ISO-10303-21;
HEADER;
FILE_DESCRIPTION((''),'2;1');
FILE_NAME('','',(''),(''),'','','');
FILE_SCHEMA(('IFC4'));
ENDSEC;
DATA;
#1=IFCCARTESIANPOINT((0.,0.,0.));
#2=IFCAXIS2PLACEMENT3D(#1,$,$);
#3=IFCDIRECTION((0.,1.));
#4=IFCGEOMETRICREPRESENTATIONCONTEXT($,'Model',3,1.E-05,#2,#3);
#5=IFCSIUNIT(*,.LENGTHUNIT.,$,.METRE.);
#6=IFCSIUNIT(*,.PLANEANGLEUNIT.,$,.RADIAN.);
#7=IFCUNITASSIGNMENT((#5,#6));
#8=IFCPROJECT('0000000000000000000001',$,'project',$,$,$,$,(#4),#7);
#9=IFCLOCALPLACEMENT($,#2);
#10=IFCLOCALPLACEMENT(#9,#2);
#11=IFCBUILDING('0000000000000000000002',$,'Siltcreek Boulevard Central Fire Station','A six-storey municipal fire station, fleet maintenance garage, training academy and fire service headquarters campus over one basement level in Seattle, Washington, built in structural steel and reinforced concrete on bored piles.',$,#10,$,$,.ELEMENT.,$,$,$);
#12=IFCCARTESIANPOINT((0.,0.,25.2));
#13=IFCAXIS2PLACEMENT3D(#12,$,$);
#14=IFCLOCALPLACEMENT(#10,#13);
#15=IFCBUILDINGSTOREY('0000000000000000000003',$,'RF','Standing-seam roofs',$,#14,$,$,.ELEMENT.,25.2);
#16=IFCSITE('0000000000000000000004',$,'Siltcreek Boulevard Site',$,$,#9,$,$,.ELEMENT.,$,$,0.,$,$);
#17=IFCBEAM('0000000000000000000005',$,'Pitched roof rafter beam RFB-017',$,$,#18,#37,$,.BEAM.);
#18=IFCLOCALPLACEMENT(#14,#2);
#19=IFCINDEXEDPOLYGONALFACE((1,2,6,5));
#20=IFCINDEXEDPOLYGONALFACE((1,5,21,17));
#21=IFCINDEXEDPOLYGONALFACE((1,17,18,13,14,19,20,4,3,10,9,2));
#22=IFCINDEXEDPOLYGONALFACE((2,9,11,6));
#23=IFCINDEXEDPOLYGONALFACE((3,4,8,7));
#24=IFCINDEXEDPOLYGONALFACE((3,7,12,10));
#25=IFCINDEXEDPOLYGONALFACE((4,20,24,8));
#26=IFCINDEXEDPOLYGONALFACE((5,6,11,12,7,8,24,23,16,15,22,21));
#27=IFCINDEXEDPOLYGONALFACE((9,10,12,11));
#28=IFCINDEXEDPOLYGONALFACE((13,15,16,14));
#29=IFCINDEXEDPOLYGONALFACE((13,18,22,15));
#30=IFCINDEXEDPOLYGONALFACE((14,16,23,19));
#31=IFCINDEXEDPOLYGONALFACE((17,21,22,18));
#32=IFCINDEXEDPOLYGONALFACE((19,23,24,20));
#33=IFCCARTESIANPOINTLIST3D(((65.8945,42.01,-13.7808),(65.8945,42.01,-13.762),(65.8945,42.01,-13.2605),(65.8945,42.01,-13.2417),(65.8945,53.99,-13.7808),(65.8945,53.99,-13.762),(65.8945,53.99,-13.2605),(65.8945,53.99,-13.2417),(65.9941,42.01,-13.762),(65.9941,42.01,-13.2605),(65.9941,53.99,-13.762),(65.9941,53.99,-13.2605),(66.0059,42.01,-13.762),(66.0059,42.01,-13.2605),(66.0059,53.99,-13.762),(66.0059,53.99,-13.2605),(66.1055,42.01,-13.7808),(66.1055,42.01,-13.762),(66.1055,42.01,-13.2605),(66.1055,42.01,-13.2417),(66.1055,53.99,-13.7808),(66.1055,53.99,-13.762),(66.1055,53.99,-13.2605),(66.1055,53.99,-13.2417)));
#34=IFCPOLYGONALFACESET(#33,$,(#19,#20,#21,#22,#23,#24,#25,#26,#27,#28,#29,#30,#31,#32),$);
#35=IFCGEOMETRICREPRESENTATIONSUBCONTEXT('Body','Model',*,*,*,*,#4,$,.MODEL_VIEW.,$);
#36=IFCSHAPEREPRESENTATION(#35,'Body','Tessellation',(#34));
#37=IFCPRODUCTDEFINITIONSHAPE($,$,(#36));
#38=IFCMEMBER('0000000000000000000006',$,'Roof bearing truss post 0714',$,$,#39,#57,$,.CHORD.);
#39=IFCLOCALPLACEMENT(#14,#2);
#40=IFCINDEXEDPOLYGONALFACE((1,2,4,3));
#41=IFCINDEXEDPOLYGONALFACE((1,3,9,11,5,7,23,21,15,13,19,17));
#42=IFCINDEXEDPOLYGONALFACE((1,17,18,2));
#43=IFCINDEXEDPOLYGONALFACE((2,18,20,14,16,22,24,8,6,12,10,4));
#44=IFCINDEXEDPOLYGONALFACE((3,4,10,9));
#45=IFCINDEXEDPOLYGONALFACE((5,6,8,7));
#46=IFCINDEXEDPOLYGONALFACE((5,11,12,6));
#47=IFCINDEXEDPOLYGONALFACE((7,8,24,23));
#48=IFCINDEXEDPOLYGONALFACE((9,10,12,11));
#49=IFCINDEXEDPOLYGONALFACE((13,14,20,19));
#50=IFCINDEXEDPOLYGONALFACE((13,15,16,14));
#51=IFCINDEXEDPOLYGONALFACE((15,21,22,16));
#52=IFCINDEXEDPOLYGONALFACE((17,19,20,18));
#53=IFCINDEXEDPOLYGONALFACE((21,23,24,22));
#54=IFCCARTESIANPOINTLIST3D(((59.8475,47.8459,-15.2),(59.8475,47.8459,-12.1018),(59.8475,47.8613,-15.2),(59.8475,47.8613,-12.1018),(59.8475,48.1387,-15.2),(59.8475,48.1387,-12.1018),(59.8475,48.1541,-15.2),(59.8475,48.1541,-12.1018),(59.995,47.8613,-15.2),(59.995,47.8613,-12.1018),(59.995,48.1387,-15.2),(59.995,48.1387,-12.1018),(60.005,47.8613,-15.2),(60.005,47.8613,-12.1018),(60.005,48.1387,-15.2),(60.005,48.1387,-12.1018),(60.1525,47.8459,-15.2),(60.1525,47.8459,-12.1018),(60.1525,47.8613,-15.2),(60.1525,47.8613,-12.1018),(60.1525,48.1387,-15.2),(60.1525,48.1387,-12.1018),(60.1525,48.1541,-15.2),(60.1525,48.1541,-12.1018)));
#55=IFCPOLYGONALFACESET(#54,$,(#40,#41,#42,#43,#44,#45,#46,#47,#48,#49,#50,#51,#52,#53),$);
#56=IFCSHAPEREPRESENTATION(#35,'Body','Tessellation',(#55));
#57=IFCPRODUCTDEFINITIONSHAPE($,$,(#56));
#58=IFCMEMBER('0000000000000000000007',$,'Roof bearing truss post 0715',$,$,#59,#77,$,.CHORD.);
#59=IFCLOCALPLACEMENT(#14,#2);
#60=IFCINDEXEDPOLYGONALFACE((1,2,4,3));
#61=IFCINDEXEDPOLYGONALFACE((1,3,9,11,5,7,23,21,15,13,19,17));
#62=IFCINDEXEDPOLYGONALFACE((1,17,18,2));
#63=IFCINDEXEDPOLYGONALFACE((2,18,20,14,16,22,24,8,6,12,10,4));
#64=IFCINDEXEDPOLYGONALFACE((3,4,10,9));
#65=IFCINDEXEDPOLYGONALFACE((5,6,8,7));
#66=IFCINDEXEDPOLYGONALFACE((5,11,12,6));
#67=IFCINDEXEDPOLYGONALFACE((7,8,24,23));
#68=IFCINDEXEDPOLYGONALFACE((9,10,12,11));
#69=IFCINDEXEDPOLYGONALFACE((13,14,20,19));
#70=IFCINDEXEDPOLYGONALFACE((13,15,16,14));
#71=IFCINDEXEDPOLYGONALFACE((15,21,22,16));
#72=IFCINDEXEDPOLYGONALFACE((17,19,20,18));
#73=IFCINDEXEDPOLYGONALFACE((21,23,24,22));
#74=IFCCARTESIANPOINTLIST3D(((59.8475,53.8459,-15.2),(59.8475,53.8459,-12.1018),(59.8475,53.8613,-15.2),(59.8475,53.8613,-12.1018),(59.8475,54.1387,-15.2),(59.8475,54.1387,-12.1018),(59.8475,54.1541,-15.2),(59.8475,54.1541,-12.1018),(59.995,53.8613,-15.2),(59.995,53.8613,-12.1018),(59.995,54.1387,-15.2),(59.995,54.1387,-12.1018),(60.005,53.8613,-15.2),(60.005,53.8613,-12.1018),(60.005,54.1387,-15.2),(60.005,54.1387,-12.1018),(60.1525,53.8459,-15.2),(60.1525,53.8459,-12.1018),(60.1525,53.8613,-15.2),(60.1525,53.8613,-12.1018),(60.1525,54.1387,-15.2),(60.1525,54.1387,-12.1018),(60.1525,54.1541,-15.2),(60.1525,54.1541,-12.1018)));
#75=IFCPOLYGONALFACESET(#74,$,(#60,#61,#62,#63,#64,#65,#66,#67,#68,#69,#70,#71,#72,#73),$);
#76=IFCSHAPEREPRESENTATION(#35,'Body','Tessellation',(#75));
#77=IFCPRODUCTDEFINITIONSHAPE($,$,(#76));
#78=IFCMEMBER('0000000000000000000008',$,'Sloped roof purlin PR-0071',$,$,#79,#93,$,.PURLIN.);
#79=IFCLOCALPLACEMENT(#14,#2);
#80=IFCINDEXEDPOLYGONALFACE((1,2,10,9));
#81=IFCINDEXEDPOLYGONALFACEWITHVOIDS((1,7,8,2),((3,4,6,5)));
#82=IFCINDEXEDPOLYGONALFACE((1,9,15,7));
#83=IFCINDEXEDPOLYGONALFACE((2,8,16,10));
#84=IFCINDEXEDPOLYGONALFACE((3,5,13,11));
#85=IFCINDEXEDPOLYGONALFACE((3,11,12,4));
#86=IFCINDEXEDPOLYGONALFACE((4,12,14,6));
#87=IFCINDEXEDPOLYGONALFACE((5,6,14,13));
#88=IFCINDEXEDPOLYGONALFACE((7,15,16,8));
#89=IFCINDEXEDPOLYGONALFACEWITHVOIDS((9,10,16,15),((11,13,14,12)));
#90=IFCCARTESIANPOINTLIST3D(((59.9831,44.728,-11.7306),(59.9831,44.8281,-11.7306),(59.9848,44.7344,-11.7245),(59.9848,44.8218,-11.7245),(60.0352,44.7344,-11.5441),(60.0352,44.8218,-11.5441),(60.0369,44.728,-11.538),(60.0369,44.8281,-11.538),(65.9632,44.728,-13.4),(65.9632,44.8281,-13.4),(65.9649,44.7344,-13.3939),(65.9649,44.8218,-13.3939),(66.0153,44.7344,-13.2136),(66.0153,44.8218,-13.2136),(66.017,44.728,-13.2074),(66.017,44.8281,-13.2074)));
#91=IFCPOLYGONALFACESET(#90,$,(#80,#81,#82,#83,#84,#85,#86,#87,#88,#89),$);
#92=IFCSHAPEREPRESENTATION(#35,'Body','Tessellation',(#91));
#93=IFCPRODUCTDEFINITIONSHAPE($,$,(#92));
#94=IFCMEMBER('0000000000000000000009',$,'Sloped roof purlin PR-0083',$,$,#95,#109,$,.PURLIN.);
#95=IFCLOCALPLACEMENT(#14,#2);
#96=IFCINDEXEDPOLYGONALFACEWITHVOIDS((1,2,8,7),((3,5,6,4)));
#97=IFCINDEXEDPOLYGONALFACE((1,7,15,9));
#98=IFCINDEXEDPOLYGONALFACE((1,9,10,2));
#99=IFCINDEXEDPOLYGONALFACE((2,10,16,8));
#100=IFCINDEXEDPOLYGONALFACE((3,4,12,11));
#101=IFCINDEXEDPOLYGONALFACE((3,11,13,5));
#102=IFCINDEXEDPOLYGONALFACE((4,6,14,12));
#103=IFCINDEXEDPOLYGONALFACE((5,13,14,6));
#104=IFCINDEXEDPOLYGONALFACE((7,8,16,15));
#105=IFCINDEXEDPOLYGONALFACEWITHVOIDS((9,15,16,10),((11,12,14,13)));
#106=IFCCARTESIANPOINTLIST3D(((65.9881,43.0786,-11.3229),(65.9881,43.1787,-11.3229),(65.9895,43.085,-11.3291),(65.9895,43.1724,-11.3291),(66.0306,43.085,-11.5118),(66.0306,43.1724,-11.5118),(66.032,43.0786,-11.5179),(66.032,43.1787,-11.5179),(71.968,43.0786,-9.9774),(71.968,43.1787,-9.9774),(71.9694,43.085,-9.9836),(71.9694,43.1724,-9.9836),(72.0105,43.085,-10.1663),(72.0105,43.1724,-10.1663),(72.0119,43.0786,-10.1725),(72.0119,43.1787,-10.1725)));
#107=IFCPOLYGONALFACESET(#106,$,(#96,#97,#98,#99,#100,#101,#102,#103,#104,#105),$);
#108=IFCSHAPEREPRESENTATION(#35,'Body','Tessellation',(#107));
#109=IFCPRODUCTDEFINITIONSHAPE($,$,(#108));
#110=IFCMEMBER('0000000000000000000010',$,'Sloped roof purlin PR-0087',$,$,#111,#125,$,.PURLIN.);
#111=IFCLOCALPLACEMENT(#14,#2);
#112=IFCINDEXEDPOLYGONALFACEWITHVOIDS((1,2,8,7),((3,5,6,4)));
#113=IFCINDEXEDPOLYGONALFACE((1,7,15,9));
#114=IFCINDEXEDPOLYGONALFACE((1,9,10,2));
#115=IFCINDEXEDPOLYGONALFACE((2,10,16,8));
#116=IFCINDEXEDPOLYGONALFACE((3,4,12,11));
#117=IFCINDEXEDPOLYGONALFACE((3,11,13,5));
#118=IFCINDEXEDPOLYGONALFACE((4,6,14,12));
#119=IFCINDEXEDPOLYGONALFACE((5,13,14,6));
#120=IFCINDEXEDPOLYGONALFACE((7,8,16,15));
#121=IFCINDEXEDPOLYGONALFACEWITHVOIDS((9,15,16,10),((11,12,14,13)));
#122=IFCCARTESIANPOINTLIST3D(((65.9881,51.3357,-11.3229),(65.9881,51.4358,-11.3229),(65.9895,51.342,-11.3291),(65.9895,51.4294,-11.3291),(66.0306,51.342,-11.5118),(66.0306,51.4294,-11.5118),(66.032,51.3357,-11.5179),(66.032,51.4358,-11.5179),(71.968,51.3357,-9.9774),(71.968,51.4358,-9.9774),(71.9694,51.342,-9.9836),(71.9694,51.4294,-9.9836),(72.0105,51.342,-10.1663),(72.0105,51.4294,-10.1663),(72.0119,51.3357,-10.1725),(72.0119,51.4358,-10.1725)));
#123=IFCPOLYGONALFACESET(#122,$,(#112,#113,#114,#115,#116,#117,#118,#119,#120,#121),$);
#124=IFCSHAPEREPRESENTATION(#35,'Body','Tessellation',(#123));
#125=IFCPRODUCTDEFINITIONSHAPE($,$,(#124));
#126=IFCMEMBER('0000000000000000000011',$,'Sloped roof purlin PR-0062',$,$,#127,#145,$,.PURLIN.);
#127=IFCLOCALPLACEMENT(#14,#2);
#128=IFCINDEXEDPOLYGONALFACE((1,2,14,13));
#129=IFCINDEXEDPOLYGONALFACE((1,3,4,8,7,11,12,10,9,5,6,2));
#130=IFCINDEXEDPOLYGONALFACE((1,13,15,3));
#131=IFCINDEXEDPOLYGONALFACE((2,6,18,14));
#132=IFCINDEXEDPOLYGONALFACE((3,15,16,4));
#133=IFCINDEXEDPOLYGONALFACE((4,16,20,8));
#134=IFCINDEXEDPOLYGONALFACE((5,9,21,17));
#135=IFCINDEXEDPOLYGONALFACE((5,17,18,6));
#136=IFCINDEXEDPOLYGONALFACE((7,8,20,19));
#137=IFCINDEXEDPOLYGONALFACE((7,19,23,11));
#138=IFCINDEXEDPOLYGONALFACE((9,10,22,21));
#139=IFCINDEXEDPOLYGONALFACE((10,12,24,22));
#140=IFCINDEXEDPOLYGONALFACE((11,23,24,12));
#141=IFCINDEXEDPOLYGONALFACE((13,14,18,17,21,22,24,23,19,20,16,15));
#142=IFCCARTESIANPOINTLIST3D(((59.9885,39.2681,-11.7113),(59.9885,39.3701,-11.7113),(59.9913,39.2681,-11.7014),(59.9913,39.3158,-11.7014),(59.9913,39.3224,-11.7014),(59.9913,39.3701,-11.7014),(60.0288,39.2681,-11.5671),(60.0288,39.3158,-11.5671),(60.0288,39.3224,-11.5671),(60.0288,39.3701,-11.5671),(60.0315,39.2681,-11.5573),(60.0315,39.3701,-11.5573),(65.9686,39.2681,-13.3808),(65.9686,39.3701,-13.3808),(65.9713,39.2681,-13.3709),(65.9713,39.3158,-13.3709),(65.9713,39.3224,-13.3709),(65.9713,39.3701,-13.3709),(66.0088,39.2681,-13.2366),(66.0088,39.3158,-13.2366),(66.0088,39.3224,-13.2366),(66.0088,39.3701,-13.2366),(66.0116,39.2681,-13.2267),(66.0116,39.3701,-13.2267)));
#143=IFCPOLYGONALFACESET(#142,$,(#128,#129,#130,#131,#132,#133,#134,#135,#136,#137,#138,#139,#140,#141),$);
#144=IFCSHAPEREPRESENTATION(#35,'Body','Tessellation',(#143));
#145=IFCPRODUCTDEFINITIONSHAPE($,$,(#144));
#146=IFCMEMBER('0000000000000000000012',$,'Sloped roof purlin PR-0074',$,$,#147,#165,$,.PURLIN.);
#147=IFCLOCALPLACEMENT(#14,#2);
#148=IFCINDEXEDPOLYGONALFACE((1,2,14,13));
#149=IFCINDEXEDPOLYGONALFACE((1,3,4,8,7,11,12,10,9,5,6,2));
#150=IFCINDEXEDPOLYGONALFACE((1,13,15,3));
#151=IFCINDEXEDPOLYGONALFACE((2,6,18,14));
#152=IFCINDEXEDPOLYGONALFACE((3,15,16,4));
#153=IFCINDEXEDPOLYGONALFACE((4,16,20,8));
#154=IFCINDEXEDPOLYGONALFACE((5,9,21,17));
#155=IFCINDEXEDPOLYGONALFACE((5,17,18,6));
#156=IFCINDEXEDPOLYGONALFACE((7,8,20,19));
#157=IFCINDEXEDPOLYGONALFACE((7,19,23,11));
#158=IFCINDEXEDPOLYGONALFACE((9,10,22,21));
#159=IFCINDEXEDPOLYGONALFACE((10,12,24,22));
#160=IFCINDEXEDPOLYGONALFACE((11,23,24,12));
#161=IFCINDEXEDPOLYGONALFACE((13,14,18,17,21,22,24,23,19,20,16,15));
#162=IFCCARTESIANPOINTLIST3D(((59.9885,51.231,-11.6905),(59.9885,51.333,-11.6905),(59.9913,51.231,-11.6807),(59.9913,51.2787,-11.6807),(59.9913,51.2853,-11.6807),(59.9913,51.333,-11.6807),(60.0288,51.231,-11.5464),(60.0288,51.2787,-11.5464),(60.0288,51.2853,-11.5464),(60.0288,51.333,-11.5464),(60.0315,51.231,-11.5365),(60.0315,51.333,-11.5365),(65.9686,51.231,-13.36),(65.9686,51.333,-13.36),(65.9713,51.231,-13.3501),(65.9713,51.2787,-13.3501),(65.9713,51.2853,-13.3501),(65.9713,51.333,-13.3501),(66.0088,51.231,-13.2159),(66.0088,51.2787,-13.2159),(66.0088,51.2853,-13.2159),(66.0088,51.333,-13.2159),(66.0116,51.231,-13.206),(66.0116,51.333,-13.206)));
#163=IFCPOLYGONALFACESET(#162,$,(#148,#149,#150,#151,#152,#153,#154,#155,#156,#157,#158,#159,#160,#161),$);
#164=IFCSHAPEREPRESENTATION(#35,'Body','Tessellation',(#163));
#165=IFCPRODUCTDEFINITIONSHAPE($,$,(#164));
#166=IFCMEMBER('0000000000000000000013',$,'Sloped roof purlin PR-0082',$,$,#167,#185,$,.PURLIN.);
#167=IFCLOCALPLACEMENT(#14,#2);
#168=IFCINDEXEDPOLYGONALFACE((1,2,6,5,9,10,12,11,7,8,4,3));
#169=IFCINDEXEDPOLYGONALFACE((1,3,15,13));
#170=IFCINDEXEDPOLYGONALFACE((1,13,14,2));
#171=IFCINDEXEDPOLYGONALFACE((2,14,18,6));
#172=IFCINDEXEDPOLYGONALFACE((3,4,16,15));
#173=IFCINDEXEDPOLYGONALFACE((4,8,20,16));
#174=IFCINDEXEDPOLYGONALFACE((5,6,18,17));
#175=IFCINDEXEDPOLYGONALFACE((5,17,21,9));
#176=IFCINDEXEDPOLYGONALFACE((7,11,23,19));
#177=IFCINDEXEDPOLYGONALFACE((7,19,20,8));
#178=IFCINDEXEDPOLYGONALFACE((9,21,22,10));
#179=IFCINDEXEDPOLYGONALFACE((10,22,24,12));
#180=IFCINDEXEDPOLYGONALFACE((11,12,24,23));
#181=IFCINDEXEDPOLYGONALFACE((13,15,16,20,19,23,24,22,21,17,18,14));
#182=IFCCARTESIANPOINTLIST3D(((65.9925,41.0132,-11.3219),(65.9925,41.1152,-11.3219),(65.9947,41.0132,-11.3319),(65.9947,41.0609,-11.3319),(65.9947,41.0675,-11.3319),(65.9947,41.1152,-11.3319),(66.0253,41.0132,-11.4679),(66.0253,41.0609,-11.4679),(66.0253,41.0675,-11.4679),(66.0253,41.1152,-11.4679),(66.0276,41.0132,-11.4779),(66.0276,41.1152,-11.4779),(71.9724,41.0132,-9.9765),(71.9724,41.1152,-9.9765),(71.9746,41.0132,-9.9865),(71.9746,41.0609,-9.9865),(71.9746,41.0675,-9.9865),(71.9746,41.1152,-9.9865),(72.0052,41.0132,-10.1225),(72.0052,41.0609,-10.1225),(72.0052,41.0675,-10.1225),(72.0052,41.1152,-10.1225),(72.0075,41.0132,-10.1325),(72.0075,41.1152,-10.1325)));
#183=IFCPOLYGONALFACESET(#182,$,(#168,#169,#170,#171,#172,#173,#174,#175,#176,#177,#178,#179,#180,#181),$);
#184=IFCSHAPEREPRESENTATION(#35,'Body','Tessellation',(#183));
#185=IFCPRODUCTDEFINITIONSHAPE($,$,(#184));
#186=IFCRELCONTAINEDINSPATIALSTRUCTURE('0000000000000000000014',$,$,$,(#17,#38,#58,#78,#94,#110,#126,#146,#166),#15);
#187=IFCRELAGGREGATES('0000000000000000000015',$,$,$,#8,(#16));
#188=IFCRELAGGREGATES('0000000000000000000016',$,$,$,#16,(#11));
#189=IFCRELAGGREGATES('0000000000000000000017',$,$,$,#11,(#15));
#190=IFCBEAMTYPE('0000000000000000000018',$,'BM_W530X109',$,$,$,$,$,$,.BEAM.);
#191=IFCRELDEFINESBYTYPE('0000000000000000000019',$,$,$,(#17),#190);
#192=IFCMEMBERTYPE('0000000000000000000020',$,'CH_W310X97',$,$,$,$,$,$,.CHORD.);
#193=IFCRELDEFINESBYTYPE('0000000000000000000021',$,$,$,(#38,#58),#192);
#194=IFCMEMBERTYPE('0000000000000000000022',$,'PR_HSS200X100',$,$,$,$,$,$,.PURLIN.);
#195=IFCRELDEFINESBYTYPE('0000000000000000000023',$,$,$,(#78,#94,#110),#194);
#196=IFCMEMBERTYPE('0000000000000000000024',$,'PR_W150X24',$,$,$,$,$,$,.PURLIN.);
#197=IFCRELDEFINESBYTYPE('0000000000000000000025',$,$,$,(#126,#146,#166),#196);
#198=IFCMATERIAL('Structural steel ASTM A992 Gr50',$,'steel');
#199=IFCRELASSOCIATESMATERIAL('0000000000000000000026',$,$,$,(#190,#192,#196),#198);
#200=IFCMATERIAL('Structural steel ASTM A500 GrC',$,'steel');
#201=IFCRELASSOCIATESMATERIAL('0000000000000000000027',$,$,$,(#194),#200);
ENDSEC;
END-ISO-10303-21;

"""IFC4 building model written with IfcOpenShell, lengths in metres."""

from ifc_helpers import new_model, si_unit, direction, frame, origin, origin_2d, place, context, subcontext, project, spatial, hollow_rectangle, i_section, extrude, material, material_profile, profile_set, type_object, element, save


model = new_model("IFC4")

# Units and contexts
model_context = context("Model", 3, precision=1e-05, world=origin(), true_north=direction((0.0, 1.0)))
body_context = subcontext(model_context, "Body", "Model", "MODEL_VIEW")
ifc_project = project(units=[si_unit("LENGTHUNIT", "METRE"), si_unit("PLANEANGLEUNIT", "RADIAN")], contexts=[model_context])

# Site, building, storey
site_placement = place(None, origin())
site = spatial("IfcSite", under=ifc_project, at=site_placement, Name="Siltcreek Boulevard Site", CompositionType="ELEMENT", RefElevation=0.0)
building_placement = place(site_placement, origin())
building = spatial("IfcBuilding", under=site, at=building_placement, Name="Siltcreek Boulevard Central Fire Station", Description="A six-storey municipal fire station, fleet maintenance garage, training academy and fire service headquarters campus over one basement level in Seattle, Washington, built in structural steel and reinforced concrete on bored piles.", CompositionType="ELEMENT")
storey_placement = place(building_placement, frame((0.0, 0.0, 25.2)))
storey = spatial("IfcBuildingStorey", under=building, at=storey_placement, Name="RF", Description="Standing-seam roofs", CompositionType="ELEMENT", Elevation=25.2)

# Beam
ifc_material_1 = material(Name="Structural steel ASTM A992 Gr50", Category="steel")
ifc_material_profile_1 = material_profile(ifc_material_1, i_section(OverallWidth=0.2109, OverallDepth=0.5391, WebThickness=0.0117, FlangeThickness=0.0188, at=origin_2d()), Name="W530X109")
ifc_profile_set_1 = profile_set([ifc_material_profile_1], Name="Structural steel ASTM A992 Gr50")
beam_type = type_object("IfcBeamType", Name="BM_W530X109", PredefinedType="BEAM", material=ifc_profile_set_1)
beam_placement = place(storey_placement, frame((66.0, 42.01, -13.5112), z_axis=(0.0, 1.0, 0.0), x_axis=(-1.0, 0.0, 0.0)))
element("IfcBeam", 1, at=beam_placement, inside=storey, type_object=beam_type, Name="Pitched roof rafter beam RFB-017", PredefinedType="BEAM", context=body_context, shape_type="SweptSolid", body=[
    extrude(i_section(OverallWidth=0.2109, OverallDepth=0.5391, WebThickness=0.0117, FlangeThickness=0.0188, at=origin_2d()), origin(), (0.0, 0.0, 1.0), 11.98),
])

# Members
ifc_material_profile_2 = material_profile(ifc_material_1, i_section(OverallWidth=0.3049, OverallDepth=0.3081, WebThickness=0.01, FlangeThickness=0.0154, at=origin_2d()), Name="W310X97")
ifc_profile_set_2 = profile_set([ifc_material_profile_2], Name="Structural steel ASTM A992 Gr50")
member_type_1 = type_object("IfcMemberType", Name="CH_W310X97", PredefinedType="CHORD", material=ifc_profile_set_2)
for number, where, z_axis, x_axis, name in (
    (2, (60.0, 48.0, -15.2), (0.0, 0.0, 1.0), (1.0, 0.0, 0.0), "Roof bearing truss post 0714"),
    (3, (60.0, 54.0, -15.2), (0.0, 0.0, 1.0), (1.0, 0.0, 0.0), "Roof bearing truss post 0715"),
):
    element("IfcMember", number, at=place(storey_placement, frame(where, z_axis=z_axis, x_axis=x_axis)), inside=storey, type_object=member_type_1, Name=name, PredefinedType="CHORD", context=body_context, shape_type="SweptSolid", body=[
        extrude(i_section(OverallWidth=0.3049, OverallDepth=0.3081, WebThickness=0.01, FlangeThickness=0.0154, at=origin_2d()), origin(), (0.0, 0.0, 1.0), 3.0981),
    ])
ifc_material_2 = material(Name="Structural steel ASTM A500 GrC", Category="steel")
ifc_material_profile_3 = material_profile(ifc_material_2, hollow_rectangle(XDim=0.1001, YDim=0.2, WallThickness=0.0063, at=origin_2d()), Name="HSS200X100X6.4")
ifc_profile_set_3 = profile_set([ifc_material_profile_3], Name="Structural steel ASTM A500 GrC")
member_type_2 = type_object("IfcMemberType", Name="PR_HSS200X100", PredefinedType="PURLIN", material=ifc_profile_set_3)
member_1_placement = place(storey_placement, frame((60.01, 44.7781, -11.6343), z_axis=(0.963171, 0.0, -0.268889), x_axis=(0.0, 1.0, 0.0)))
element("IfcMember", 4, at=member_1_placement, inside=storey, type_object=member_type_2, Name="Sloped roof purlin PR-0071", PredefinedType="PURLIN", context=body_context, shape_type="SweptSolid", body=[
    extrude(hollow_rectangle(XDim=0.1001, YDim=0.2, WallThickness=0.0063, at=origin_2d()), origin(), (0.0, 0.0, 1.0), 6.2087),
])
for number, where, z_axis, x_axis, name in (
    (5, (66.01, 43.1287, -11.4204), (0.975611, 0.0, 0.219507), (0.0, 1.0, 0.0), "Sloped roof purlin PR-0083"),
    (6, (66.01, 51.3857, -11.4204), (0.975611, 0.0, 0.219507), (0.0, 1.0, 0.0), "Sloped roof purlin PR-0087"),
):
    element("IfcMember", number, at=place(storey_placement, frame(where, z_axis=z_axis, x_axis=x_axis)), inside=storey, type_object=member_type_2, Name=name, PredefinedType="PURLIN", context=body_context, shape_type="SweptSolid", body=[
        extrude(hollow_rectangle(XDim=0.1001, YDim=0.2, WallThickness=0.0063, at=origin_2d()), origin(), (0.0, 0.0, 1.0), 6.1294),
    ])
ifc_material_profile_4 = material_profile(ifc_material_1, i_section(OverallWidth=0.1021, OverallDepth=0.1599, WebThickness=0.0066, FlangeThickness=0.0103, at=origin_2d()), Name="W150X24")
ifc_profile_set_4 = profile_set([ifc_material_profile_4], Name="Structural steel ASTM A992 Gr50")
member_type_3 = type_object("IfcMemberType", Name="PR_W150X24", PredefinedType="PURLIN", material=ifc_profile_set_4)
for number, where, z_axis, x_axis, name in (
    (7, (60.01, 39.3191, -11.6343), (0.963171, 0.0, -0.268889), (0.0, 1.0, 0.0), "Sloped roof purlin PR-0062"),
    (8, (60.01, 51.282, -11.6135), (0.963171, 0.0, -0.268889), (0.0, 1.0, 0.0), "Sloped roof purlin PR-0074"),
):
    element("IfcMember", number, at=place(storey_placement, frame(where, z_axis=z_axis, x_axis=x_axis)), inside=storey, type_object=member_type_3, Name=name, PredefinedType="PURLIN", context=body_context, shape_type="SweptSolid", body=[
        extrude(i_section(OverallWidth=0.1021, OverallDepth=0.1599, WebThickness=0.0066, FlangeThickness=0.0103, at=origin_2d()), origin(), (0.0, 0.0, 1.0), 6.2087),
    ])
for number, where, z_axis, x_axis, name in (
    (9, (66.01, 41.0642, -11.3999), (0.975611, 0.0, 0.219507), (0.0, 1.0, 0.0), "Sloped roof purlin PR-0082"),
):
    element("IfcMember", number, at=place(storey_placement, frame(where, z_axis=z_axis, x_axis=x_axis)), inside=storey, type_object=member_type_3, Name=name, PredefinedType="PURLIN", context=body_context, shape_type="SweptSolid", body=[
        extrude(i_section(OverallWidth=0.1021, OverallDepth=0.1599, WebThickness=0.0066, FlangeThickness=0.0103, at=origin_2d()), origin(), (0.0, 0.0, 1.0), 6.1294),
    ])

save(model, "model.ifc")
